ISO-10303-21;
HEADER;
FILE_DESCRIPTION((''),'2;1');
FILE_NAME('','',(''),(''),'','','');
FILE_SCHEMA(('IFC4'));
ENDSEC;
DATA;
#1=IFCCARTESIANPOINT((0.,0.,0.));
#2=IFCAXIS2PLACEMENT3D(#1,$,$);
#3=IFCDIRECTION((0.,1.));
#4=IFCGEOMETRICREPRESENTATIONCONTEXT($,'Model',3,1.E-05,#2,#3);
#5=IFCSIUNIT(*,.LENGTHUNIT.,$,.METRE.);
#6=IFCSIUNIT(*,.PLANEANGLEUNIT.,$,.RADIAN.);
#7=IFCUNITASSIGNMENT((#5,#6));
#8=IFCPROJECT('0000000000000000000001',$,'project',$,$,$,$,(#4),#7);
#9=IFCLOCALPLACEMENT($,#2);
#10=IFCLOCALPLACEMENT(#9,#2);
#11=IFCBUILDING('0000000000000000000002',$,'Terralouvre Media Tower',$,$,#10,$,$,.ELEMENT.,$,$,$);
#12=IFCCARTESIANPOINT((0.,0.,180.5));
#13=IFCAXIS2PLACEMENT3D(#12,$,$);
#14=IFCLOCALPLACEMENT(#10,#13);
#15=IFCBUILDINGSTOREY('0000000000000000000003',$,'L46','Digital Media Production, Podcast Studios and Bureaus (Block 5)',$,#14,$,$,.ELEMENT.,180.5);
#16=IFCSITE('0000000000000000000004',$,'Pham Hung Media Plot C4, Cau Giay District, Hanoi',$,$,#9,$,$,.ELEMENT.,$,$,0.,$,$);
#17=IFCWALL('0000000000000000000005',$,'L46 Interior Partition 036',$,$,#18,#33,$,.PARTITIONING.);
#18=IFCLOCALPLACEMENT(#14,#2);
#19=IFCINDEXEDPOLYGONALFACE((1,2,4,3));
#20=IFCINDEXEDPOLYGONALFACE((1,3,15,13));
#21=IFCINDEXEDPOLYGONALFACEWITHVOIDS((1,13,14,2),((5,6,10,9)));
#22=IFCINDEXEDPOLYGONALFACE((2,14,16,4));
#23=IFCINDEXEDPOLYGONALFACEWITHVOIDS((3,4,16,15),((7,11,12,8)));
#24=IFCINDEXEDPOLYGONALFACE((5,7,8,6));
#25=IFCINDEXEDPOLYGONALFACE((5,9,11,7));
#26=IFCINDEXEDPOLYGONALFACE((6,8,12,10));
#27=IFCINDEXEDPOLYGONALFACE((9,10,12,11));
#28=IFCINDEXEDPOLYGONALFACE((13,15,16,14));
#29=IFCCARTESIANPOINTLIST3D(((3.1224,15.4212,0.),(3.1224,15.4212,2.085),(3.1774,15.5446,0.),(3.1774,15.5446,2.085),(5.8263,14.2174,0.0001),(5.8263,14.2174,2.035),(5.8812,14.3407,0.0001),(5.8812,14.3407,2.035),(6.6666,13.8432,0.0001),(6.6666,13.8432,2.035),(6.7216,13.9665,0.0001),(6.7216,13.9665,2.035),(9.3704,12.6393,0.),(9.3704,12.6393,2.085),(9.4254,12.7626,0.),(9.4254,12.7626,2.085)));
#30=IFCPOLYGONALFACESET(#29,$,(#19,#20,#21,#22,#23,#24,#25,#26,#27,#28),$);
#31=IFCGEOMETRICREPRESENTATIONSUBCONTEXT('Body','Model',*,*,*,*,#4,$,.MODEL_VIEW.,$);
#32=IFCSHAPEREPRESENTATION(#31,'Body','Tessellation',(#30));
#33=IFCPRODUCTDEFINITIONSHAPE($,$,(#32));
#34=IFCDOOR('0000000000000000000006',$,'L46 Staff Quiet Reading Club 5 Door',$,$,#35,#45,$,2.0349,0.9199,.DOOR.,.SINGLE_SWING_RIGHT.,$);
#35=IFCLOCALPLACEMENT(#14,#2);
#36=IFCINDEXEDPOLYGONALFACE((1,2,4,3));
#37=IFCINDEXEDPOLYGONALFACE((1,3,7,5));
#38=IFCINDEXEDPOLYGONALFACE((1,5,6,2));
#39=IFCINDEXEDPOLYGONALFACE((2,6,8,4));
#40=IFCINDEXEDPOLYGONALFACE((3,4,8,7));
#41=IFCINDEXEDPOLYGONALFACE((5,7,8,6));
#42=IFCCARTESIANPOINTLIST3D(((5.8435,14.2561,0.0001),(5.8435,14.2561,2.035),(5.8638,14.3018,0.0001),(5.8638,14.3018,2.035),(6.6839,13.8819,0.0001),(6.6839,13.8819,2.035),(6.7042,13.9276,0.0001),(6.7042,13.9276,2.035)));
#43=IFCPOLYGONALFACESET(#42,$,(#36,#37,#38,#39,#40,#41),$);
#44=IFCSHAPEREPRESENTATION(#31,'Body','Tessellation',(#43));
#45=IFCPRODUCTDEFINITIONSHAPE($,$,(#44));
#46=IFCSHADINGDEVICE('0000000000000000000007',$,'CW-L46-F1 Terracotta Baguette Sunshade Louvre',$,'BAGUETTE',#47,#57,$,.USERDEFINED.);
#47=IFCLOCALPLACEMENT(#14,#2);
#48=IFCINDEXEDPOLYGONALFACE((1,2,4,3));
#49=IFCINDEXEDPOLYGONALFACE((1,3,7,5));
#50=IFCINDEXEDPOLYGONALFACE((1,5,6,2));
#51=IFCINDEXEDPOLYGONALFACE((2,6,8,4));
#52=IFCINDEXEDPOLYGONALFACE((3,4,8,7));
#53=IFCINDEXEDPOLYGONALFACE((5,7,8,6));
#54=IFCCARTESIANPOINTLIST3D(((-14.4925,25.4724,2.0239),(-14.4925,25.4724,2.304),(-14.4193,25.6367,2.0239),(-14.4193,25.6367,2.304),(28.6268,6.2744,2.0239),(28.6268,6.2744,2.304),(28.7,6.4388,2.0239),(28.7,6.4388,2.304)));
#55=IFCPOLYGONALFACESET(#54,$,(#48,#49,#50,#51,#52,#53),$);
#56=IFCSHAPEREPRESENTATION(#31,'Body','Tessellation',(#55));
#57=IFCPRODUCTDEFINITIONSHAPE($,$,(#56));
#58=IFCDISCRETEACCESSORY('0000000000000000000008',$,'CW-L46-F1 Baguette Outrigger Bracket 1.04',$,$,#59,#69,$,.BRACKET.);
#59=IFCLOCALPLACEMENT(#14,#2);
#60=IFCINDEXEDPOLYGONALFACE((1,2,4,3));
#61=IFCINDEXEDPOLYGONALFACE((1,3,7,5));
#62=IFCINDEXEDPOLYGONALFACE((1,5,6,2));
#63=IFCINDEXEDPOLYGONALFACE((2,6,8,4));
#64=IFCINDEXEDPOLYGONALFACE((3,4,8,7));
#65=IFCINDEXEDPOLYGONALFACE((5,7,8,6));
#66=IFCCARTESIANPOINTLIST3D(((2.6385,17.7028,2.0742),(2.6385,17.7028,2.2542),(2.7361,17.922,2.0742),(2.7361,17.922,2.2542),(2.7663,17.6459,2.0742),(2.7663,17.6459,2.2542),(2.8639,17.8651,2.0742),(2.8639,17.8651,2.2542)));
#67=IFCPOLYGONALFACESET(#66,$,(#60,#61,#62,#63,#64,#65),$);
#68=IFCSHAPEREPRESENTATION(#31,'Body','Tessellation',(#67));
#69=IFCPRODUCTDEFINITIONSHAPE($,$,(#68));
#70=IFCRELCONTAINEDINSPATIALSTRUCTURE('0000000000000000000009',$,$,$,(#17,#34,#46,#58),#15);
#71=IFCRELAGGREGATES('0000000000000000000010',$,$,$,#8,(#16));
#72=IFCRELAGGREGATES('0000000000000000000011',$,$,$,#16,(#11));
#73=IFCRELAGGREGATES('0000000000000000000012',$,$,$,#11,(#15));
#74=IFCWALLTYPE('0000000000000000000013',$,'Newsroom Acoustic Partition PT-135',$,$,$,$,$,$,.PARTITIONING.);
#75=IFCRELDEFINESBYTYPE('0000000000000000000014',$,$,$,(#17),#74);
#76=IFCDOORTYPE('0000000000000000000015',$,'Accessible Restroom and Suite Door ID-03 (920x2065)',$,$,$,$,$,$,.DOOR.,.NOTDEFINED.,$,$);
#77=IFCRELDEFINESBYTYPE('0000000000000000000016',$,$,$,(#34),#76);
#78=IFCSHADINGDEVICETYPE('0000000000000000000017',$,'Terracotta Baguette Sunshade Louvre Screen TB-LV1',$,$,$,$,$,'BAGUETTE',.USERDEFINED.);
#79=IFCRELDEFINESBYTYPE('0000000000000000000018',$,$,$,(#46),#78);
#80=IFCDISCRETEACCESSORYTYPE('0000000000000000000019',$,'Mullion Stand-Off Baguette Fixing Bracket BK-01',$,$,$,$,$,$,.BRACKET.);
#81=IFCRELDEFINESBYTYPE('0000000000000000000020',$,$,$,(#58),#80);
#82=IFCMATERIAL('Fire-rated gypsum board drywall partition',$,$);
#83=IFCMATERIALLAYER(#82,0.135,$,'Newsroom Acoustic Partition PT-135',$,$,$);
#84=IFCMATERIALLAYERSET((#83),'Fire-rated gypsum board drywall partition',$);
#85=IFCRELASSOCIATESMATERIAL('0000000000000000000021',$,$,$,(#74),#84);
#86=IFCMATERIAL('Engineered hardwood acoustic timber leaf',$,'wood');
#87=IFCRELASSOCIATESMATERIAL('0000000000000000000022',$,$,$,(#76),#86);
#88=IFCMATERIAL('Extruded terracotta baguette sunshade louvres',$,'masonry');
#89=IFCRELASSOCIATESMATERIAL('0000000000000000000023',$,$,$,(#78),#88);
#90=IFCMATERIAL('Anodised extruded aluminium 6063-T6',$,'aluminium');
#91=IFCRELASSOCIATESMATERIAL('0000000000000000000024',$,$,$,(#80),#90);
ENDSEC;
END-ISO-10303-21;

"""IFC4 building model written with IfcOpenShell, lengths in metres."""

from ifc_helpers import new_model, si_unit, direction, frame, frame_2d, origin, origin_2d, place, context, subcontext, project, spatial, rectangle, extrude, material, layer, layer_set, type_object, element, fill, save


model = new_model("IFC4")

# Units and contexts
model_context = context("Model", 3, precision=1e-05, world=origin(), true_north=direction((0.0, 1.0)))
body_context = subcontext(model_context, "Body", "Model", "MODEL_VIEW")
ifc_project = project(units=[si_unit("LENGTHUNIT", "METRE"), si_unit("PLANEANGLEUNIT", "RADIAN")], contexts=[model_context])

# Site, building, storey
site_placement = place(None, origin())
site = spatial("IfcSite", under=ifc_project, at=site_placement, Name="Pham Hung Media Plot C4, Cau Giay District, Hanoi", CompositionType="ELEMENT", RefElevation=0.0)
building_placement = place(site_placement, origin())
building = spatial("IfcBuilding", under=site, at=building_placement, Name="Terralouvre Media Tower", CompositionType="ELEMENT")
storey_placement = place(building_placement, frame((0.0, 0.0, 180.5)))
storey = spatial("IfcBuildingStorey", under=building, at=storey_placement, Name="L46", Description="Digital Media Production, Podcast Studios and Bureaus (Block 5)", CompositionType="ELEMENT", Elevation=180.5)

# Wall, opening, door
ifc_material_1 = material(Name="Fire-rated gypsum board drywall partition")
ifc_layer_1 = layer(ifc_material_1, 0.135, Name="Newsroom Acoustic Partition PT-135")
ifc_layer_set_1 = layer_set([ifc_layer_1], Name="Fire-rated gypsum board drywall partition")
wall_type = type_object("IfcWallType", Name="Newsroom Acoustic Partition PT-135", PredefinedType="PARTITIONING", material=ifc_layer_set_1)
wall_placement = place(storey_placement, frame((3.1499, 15.4829, 0.0), z_axis=(0.0, 0.0, 1.0), x_axis=(0.913536, -0.406758, 0.0)))
wall = element("IfcWall", 1, at=wall_placement, inside=storey, type_object=wall_type, Name="L46 Interior Partition 036", PredefinedType="PARTITIONING", context=body_context, shape_type="SweptSolid", body=[
    extrude(rectangle(XDim=6.8394, YDim=0.135, at=frame_2d((3.4197, 0.0))), origin(), (0.0, 0.0, 1.0), 2.085),
])
opening_placement = place(wall_placement, frame((2.9597, 0.0, 0.0)))
opening = element("IfcOpeningElement", 2, at=opening_placement, cuts=wall, PredefinedType="OPENING", context=body_context, shape_type="SweptSolid", body=[
    extrude(rectangle(XDim=0.9199, YDim=2.0349, at=frame_2d((0.46, 1.0176))), frame((0.0, 0.0774, 0.0), z_axis=(0.0, -1.0, 0.0), x_axis=(1.0, 0.0, 0.0)), (0.0, 0.0, 1.0), 0.155),
])
ifc_material_2 = material(Name="Engineered hardwood acoustic timber leaf", Category="wood")
door_type = type_object("IfcDoorType", Name="Accessible Restroom and Suite Door ID-03 (920x2065)", OperationType="NOTDEFINED", PredefinedType="DOOR", material=ifc_material_2)
door_placement = place(opening_placement, origin())
door = element("IfcDoor", 3, at=door_placement, inside=storey, type_object=door_type, Name="L46 Staff Quiet Reading Club 5 Door", OperationType="SINGLE_SWING_RIGHT", OverallHeight=2.0349, OverallWidth=0.9199, PredefinedType="DOOR", context=body_context, shape_type="SweptSolid", body=[
    extrude(rectangle(XDim=0.9199, YDim=2.0349, at=frame_2d((0.46, 1.0176))), frame((0.0, 0.0249, 0.0), z_axis=(0.0, -1.0, 0.0), x_axis=(1.0, 0.0, 0.0)), (0.0, 0.0, 1.0), 0.05),
])
fill(opening, door)

# Shading device
ifc_material_3 = material(Name="Extruded terracotta baguette sunshade louvres", Category="masonry")
shading_device_type = type_object("IfcShadingDeviceType", Name="Terracotta Baguette Sunshade Louvre Screen TB-LV1", ElementType="BAGUETTE", PredefinedType="USERDEFINED", material=ifc_material_3)
shading_device_placement = place(storey_placement, frame((7.1038, 15.9556, 2.0239), z_axis=(0.0, 0.0, 1.0), x_axis=(-0.913545, 0.406737, 0.0)))
element("IfcShadingDevice", 4, at=shading_device_placement, inside=storey, type_object=shading_device_type, Name="CW-L46-F1 Terracotta Baguette Sunshade Louvre", ObjectType="BAGUETTE", PredefinedType="USERDEFINED", context=body_context, shape_type="SweptSolid", body=[
    extrude(rectangle(XDim=47.2, YDim=0.1799, at=origin_2d()), origin(), (0.0, 0.0, 1.0), 0.28),
])

# Discrete accessory
ifc_material_4 = material(Name="Anodised extruded aluminium 6063-T6", Category="aluminium")
discrete_accessory_type = type_object("IfcDiscreteAccessoryType", Name="Mullion Stand-Off Baguette Fixing Bracket BK-01", PredefinedType="BRACKET", material=ifc_material_4)
discrete_accessory_placement = place(storey_placement, frame((2.7512, 17.7839, 2.0742), z_axis=(0.0, 0.0, 1.0), x_axis=(-0.913545, 0.406737, 0.0)))
element("IfcDiscreteAccessory", 5, at=discrete_accessory_placement, inside=storey, type_object=discrete_accessory_type, Name="CW-L46-F1 Baguette Outrigger Bracket 1.04", PredefinedType="BRACKET", context=body_context, shape_type="SweptSolid", body=[
    extrude(rectangle(XDim=0.1399, YDim=0.24, at=origin_2d()), origin(), (0.0, 0.0, 1.0), 0.1799),
])

save(model, "model.ifc")
